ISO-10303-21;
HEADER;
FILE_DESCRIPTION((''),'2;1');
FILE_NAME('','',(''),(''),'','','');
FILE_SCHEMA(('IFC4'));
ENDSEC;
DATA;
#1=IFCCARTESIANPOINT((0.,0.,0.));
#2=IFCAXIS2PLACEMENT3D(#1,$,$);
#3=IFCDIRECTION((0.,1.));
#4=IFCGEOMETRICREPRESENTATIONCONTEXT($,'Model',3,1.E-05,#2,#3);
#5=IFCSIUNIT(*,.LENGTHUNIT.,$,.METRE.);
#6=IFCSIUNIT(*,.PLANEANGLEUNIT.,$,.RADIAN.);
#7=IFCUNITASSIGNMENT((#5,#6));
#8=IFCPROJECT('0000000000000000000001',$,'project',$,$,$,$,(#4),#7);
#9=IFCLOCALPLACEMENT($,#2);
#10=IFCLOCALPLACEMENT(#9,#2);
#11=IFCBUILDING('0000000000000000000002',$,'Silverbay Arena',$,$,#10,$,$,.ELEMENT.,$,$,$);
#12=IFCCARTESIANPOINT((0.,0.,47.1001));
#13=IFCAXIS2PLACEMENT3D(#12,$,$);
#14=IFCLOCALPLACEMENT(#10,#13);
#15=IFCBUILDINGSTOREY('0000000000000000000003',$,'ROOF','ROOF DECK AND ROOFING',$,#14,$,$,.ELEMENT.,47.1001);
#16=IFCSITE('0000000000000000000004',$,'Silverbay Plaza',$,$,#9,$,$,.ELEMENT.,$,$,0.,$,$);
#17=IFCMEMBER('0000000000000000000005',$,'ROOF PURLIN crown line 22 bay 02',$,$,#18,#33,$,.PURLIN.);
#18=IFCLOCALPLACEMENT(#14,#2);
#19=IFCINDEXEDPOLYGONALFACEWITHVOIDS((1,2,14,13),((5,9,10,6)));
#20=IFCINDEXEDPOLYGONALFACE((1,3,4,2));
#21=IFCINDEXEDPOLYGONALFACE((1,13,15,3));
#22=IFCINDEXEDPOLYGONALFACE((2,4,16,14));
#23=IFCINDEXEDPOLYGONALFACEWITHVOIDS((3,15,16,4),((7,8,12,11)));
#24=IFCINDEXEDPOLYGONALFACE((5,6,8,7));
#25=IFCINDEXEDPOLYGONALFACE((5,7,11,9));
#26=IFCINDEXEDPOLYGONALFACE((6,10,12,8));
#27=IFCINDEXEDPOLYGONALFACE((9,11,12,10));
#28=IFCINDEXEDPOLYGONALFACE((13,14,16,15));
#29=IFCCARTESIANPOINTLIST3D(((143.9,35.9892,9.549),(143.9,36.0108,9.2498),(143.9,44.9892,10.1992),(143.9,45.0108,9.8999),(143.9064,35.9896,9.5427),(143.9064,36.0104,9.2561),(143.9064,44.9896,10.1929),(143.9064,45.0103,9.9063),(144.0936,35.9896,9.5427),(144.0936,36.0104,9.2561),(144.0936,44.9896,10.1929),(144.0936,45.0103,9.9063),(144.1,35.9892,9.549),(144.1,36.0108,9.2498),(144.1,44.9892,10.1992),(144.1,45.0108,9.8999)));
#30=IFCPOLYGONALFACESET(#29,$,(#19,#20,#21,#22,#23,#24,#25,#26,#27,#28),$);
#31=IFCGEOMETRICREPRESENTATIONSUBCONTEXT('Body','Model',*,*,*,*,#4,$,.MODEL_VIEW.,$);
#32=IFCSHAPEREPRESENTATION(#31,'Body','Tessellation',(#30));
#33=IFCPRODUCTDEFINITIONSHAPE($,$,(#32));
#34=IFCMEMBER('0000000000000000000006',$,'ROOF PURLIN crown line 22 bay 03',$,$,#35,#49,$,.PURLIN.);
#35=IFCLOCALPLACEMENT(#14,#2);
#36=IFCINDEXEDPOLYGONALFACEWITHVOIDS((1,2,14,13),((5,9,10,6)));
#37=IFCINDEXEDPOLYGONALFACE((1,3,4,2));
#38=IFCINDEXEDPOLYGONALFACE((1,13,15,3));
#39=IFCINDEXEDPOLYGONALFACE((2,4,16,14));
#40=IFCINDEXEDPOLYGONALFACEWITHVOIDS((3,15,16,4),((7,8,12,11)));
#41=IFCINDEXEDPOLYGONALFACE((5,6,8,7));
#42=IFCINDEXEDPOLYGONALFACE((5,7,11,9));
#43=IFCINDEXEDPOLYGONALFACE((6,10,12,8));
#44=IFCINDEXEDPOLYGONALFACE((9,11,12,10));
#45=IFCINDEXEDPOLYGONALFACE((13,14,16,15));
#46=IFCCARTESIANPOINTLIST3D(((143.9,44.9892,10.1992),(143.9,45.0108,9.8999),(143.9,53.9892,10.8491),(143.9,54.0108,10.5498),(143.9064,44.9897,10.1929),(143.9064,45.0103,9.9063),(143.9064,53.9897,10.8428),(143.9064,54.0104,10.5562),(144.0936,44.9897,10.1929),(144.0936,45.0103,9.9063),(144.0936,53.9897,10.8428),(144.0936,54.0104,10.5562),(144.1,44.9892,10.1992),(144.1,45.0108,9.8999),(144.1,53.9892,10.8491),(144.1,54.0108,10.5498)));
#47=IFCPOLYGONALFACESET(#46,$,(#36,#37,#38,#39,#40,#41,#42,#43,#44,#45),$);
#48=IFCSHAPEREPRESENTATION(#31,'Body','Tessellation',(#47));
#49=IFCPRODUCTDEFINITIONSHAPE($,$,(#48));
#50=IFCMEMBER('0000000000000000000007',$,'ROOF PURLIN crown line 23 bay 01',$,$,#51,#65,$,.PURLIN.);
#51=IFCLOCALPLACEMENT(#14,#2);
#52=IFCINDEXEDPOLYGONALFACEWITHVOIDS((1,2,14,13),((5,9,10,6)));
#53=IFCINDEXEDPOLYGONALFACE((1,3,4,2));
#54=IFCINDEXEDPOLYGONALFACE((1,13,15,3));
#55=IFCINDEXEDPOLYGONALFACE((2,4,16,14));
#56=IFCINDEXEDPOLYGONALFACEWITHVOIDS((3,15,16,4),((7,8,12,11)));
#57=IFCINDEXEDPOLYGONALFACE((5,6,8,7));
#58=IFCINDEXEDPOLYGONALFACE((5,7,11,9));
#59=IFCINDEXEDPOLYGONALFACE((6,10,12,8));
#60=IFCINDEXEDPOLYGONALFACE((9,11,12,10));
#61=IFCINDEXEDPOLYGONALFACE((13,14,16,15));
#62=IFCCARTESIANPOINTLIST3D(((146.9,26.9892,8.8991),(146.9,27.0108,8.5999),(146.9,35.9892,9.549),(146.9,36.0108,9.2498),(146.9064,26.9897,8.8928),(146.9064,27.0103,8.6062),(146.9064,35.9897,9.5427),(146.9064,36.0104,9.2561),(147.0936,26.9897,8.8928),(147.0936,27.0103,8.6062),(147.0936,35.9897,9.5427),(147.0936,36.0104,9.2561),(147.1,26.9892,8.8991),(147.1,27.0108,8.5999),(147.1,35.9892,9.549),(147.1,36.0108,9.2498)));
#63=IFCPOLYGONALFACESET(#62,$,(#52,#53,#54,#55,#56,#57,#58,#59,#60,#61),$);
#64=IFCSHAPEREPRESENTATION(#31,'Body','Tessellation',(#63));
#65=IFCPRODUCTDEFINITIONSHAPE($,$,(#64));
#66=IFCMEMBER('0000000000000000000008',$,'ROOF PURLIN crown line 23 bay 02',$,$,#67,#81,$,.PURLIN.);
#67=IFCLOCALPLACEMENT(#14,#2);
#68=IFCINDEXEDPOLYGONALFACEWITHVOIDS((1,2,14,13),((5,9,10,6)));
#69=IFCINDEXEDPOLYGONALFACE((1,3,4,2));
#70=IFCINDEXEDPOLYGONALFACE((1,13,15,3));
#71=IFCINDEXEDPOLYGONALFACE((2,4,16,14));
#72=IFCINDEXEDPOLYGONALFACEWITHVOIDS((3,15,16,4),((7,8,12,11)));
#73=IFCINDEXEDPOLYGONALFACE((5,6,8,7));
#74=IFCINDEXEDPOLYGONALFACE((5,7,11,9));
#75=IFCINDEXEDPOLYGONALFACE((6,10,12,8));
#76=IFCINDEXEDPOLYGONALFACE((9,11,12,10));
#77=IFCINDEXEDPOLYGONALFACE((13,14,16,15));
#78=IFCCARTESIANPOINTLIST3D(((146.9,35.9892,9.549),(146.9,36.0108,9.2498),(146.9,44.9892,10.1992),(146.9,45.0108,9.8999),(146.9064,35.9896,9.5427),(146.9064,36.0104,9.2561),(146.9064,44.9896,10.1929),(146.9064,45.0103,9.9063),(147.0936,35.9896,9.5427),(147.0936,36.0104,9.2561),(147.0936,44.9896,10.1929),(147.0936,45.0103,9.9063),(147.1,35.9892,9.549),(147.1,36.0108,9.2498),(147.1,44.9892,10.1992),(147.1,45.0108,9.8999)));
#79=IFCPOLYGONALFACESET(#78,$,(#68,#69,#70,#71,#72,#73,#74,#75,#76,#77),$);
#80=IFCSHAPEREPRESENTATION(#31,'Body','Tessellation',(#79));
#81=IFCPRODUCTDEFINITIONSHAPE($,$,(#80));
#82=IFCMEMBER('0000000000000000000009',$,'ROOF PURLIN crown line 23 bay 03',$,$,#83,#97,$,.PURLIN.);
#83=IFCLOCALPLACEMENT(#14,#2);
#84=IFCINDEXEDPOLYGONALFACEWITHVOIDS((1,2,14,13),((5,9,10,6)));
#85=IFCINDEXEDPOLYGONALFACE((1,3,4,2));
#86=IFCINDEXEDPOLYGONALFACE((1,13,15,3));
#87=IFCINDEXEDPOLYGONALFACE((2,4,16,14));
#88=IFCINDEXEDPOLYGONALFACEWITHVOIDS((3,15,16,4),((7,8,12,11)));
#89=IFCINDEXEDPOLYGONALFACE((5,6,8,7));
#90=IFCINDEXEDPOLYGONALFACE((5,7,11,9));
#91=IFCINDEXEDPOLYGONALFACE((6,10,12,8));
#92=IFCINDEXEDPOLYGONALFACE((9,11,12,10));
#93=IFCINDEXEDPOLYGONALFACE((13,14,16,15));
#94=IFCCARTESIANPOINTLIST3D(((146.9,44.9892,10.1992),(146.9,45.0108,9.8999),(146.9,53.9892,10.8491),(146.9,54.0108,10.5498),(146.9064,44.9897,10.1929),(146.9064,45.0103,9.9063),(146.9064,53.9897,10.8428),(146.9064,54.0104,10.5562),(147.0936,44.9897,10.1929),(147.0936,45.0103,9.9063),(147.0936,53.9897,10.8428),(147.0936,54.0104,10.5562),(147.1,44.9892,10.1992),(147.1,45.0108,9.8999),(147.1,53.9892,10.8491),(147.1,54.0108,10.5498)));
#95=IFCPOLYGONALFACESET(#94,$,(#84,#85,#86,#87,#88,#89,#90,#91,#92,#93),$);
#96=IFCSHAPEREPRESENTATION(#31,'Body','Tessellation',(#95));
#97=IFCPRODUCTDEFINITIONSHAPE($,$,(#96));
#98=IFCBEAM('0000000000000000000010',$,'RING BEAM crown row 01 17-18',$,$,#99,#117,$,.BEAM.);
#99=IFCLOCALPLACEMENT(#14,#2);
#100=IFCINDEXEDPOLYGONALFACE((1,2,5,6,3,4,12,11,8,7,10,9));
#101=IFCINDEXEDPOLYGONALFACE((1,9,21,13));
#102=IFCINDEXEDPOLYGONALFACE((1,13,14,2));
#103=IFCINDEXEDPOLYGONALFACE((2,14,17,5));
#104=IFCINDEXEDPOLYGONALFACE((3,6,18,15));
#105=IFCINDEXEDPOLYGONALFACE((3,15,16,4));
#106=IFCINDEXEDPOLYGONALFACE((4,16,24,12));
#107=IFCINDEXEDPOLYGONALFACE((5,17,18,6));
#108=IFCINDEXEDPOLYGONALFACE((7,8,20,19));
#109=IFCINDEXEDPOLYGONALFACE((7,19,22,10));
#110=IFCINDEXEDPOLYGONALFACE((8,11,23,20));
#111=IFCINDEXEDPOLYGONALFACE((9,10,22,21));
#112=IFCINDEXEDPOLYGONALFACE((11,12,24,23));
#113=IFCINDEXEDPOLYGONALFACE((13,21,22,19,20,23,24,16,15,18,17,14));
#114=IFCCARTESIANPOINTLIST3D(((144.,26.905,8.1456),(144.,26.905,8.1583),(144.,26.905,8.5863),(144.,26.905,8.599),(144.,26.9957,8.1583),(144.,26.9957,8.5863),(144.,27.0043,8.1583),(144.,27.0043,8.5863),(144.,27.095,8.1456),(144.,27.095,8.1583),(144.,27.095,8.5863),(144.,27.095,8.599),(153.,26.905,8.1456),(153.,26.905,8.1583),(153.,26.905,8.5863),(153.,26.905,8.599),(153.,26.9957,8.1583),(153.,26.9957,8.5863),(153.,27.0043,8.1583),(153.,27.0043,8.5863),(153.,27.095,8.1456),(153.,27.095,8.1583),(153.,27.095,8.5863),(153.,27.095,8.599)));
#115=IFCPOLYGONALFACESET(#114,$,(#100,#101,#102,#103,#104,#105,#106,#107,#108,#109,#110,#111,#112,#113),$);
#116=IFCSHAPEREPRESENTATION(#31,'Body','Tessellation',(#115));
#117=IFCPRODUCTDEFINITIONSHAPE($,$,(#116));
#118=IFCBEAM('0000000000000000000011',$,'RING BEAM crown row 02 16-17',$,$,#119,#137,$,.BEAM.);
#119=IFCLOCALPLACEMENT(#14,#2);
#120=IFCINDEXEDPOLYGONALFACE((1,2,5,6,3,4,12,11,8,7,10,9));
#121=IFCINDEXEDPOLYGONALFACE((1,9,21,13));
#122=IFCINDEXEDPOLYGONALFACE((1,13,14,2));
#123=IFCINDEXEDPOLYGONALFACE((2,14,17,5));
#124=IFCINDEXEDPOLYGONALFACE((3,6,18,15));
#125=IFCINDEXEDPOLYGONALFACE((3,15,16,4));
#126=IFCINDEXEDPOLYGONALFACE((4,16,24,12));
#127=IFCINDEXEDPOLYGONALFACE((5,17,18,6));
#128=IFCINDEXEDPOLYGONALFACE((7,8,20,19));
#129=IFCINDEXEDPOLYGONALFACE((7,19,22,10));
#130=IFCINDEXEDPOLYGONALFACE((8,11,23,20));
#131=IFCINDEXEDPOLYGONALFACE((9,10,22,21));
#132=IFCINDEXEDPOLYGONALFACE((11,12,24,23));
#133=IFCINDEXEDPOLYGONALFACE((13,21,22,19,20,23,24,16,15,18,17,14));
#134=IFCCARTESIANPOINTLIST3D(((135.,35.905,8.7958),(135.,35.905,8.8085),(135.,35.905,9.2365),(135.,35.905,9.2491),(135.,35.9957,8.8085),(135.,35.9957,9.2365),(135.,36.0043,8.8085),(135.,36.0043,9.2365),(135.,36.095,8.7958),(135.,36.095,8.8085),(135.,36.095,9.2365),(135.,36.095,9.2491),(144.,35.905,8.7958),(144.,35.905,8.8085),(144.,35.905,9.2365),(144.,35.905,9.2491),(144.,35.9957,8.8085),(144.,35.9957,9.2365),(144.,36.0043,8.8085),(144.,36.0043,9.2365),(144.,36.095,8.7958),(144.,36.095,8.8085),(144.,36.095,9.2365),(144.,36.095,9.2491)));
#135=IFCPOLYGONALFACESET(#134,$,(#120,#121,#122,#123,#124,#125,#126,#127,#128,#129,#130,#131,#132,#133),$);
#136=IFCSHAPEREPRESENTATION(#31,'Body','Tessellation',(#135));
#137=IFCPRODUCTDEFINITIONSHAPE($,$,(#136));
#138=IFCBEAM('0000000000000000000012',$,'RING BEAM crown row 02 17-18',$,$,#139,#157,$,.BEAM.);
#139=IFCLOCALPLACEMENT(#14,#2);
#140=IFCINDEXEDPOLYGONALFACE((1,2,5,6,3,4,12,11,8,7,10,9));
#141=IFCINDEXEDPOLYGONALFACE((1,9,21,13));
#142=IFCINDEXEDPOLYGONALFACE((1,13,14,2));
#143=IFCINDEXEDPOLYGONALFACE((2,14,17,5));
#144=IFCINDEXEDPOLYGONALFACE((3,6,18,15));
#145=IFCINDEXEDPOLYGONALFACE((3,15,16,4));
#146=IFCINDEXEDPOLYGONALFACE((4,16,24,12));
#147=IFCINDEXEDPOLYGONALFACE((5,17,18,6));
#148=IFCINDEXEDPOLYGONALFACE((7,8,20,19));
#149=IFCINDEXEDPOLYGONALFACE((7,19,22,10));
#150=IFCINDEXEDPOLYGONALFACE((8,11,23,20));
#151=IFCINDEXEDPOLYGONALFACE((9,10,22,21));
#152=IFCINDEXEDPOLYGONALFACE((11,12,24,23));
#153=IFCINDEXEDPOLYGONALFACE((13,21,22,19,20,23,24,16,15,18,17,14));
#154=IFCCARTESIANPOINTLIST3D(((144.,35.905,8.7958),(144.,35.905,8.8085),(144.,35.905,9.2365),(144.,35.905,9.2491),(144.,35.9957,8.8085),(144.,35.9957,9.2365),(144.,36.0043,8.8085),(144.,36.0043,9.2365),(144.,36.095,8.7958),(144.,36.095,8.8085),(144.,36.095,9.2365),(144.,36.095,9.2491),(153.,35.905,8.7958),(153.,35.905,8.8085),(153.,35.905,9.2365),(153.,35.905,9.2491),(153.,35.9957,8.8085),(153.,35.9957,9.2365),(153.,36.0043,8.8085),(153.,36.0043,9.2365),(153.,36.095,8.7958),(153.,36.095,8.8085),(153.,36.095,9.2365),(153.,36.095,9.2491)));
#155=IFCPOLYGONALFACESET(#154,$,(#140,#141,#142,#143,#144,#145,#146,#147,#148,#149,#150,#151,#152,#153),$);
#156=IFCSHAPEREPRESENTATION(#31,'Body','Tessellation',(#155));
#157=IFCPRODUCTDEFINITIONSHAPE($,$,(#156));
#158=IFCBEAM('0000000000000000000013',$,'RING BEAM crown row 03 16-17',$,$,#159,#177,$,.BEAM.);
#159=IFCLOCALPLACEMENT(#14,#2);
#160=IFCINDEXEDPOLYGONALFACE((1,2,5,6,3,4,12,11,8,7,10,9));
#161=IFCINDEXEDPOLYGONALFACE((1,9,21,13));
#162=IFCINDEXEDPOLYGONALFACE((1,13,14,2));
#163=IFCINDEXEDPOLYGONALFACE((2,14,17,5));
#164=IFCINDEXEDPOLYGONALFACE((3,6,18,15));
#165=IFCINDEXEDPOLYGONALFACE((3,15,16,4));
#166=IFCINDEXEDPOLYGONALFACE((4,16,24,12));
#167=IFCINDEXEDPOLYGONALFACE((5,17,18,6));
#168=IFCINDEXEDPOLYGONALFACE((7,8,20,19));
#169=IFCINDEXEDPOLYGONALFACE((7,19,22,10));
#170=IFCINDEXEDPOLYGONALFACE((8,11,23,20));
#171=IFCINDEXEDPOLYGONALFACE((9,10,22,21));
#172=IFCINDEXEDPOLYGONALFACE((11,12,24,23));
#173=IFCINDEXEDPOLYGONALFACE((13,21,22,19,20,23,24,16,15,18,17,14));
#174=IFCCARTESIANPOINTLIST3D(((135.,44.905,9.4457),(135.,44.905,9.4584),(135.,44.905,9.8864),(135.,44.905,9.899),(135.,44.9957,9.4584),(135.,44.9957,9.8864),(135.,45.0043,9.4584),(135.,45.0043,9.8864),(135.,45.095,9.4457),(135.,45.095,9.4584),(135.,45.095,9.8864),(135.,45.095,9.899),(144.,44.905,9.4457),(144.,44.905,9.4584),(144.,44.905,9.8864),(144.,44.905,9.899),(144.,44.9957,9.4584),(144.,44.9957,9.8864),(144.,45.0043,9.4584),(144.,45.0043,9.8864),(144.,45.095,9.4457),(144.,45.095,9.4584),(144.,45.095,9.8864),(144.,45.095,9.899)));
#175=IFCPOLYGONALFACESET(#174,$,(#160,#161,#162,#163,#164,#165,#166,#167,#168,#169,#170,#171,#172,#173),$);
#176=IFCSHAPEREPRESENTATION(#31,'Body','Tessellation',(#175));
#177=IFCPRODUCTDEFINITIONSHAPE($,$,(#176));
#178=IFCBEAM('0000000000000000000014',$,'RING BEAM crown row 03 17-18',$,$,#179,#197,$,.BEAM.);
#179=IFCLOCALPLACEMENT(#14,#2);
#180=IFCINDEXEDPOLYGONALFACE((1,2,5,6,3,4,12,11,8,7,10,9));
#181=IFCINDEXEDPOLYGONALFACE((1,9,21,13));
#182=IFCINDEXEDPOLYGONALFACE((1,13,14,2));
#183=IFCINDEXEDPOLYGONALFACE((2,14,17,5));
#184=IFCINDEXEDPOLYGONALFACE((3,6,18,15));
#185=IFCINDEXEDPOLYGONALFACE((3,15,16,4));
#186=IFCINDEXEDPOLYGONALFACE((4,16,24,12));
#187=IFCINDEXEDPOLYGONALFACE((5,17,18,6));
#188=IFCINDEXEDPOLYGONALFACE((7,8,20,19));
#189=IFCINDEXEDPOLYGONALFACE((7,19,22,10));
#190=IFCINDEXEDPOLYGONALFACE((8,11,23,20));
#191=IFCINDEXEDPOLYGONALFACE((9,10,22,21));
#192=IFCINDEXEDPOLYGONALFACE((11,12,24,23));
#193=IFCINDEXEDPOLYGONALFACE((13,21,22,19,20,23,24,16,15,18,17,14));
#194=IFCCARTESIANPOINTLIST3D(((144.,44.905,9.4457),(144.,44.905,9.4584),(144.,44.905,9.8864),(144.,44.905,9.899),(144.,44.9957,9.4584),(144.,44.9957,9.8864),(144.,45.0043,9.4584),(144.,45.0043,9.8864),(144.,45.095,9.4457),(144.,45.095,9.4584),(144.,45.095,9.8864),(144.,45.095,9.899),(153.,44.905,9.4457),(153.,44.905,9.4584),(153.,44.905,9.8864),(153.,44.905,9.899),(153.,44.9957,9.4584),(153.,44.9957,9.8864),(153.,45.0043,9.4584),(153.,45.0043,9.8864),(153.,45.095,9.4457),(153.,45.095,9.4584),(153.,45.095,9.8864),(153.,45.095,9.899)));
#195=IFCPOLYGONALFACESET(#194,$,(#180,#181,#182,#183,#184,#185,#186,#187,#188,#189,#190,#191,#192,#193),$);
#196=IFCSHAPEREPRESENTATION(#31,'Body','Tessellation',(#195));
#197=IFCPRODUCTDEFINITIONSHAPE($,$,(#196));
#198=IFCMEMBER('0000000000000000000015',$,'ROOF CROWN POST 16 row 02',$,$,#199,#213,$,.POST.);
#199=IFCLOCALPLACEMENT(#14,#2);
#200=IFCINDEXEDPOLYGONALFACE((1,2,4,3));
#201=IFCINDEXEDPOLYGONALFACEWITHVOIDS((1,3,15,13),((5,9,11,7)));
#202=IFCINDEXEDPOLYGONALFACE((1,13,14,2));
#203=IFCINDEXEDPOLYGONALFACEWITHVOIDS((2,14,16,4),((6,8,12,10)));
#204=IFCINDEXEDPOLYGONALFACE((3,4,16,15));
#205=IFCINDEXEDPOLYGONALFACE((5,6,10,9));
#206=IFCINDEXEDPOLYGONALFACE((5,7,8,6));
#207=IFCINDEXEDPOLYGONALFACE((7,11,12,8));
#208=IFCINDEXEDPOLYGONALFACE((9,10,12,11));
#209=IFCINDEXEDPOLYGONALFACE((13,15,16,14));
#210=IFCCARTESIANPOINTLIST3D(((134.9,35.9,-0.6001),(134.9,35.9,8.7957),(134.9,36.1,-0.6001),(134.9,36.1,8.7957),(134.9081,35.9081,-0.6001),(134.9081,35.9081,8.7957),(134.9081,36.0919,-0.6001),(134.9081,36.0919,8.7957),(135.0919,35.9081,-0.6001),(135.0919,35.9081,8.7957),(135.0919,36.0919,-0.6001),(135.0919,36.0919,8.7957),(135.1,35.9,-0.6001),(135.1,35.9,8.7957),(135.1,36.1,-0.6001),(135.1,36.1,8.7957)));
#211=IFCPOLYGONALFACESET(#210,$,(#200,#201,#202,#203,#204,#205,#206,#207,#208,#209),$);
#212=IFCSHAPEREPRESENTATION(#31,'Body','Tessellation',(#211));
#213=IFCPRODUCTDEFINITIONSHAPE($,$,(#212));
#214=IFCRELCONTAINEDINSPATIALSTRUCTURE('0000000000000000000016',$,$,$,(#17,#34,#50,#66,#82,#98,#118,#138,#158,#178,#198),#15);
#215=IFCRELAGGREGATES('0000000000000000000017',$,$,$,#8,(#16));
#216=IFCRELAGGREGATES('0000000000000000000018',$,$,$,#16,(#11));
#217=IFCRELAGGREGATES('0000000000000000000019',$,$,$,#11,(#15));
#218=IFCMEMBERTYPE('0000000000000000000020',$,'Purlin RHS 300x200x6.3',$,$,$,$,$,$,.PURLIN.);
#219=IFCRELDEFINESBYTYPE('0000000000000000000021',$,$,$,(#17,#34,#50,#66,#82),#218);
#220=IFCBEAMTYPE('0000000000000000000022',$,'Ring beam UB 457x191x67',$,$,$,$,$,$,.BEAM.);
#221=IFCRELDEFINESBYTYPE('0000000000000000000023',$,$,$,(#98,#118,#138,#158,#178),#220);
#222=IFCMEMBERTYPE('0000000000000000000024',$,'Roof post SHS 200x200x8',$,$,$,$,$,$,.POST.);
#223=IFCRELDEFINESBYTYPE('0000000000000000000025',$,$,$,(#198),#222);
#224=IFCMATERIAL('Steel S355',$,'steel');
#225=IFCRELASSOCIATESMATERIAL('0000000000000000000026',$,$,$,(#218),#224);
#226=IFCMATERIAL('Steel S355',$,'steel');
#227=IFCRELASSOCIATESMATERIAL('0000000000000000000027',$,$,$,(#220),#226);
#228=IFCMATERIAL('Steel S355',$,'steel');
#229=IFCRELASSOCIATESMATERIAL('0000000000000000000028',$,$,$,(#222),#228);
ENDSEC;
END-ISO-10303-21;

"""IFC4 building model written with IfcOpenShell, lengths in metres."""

from ifc_helpers import new_model, si_unit, direction, frame, origin, origin_2d, place, context, subcontext, project, spatial, hollow_rectangle, i_section, extrude, material, material_profile, profile_set, type_object, element, save


model = new_model("IFC4")

# Units and contexts
model_context = context("Model", 3, precision=1e-05, world=origin(), true_north=direction((0.0, 1.0)))
body_context = subcontext(model_context, "Body", "Model", "MODEL_VIEW")
ifc_project = project(units=[si_unit("LENGTHUNIT", "METRE"), si_unit("PLANEANGLEUNIT", "RADIAN")], contexts=[model_context])

# Site, building, storey
site_placement = place(None, origin())
site = spatial("IfcSite", under=ifc_project, at=site_placement, Name="Silverbay Plaza", CompositionType="ELEMENT", RefElevation=0.0)
building_placement = place(site_placement, origin())
building = spatial("IfcBuilding", under=site, at=building_placement, Name="Silverbay Arena", CompositionType="ELEMENT")
storey_placement = place(building_placement, frame((0.0, 0.0, 47.1001)))
storey = spatial("IfcBuildingStorey", under=building, at=storey_placement, Name="ROOF", Description="ROOF DECK AND ROOFING", CompositionType="ELEMENT", Elevation=47.1001)

# Members
ifc_material_1 = material(Name="Steel S355", Category="steel")
ifc_material_profile_1 = material_profile(ifc_material_1, hollow_rectangle(XDim=0.2, YDim=0.3, WallThickness=0.0063, at=origin_2d()), Name="RHS 300x200x6.3")
ifc_profile_set_1 = profile_set([ifc_material_profile_1], Name="Steel S355")
member_type_1 = type_object("IfcMemberType", Name="Purlin RHS 300x200x6.3", PredefinedType="PURLIN", material=ifc_profile_set_1)
for number, where, z_axis, x_axis, name in (
    (1, (144.0, 36.0, 9.3994), (0.0, 0.997401, 0.072051), (-1.0, 0.0, 0.0), "ROOF PURLIN crown line 22 bay 02"),
    (2, (144.0, 45.0, 10.0496), (0.0, 0.997403, 0.072024), (-1.0, 0.0, 0.0), "ROOF PURLIN crown line 22 bay 03"),
    (3, (147.0, 27.0, 8.7495), (0.0, 0.997403, 0.072024), (-1.0, 0.0, 0.0), "ROOF PURLIN crown line 23 bay 01"),
    (4, (147.0, 36.0, 9.3994), (0.0, 0.997401, 0.072051), (-1.0, 0.0, 0.0), "ROOF PURLIN crown line 23 bay 02"),
    (5, (147.0, 45.0, 10.0496), (0.0, 0.997403, 0.072024), (-1.0, 0.0, 0.0), "ROOF PURLIN crown line 23 bay 03"),
):
    element("IfcMember", number, at=place(storey_placement, frame(where, z_axis=z_axis, x_axis=x_axis)), inside=storey, type_object=member_type_1, Name=name, PredefinedType="PURLIN", context=body_context, shape_type="SweptSolid", body=[
        extrude(hollow_rectangle(XDim=0.2, YDim=0.3, WallThickness=0.0063, at=origin_2d()), origin(), (0.0, 0.0, 1.0), 9.0234),
    ])

# Beams
ifc_material_2 = material(Name="Steel S355", Category="steel")
ifc_material_profile_2 = material_profile(ifc_material_2, i_section(OverallWidth=0.1899, OverallDepth=0.4534, WebThickness=0.0085, FlangeThickness=0.0127, at=origin_2d()), Name="UB 457x191x67")
ifc_profile_set_2 = profile_set([ifc_material_profile_2], Name="Steel S355")
beam_type = type_object("IfcBeamType", Name="Ring beam UB 457x191x67", PredefinedType="BEAM", material=ifc_profile_set_2)
for number, where, z_axis, x_axis, name in (
    (6, (144.0, 27.0, 8.3723), (1.0, 0.0, 0.0), (0.0, 1.0, 0.0), "RING BEAM crown row 01 17-18"),
    (7, (135.0, 36.0, 9.0225), (1.0, 0.0, 0.0), (0.0, 1.0, 0.0), "RING BEAM crown row 02 16-17"),
    (8, (144.0, 36.0, 9.0225), (1.0, 0.0, 0.0), (0.0, 1.0, 0.0), "RING BEAM crown row 02 17-18"),
    (9, (135.0, 45.0, 9.6724), (1.0, 0.0, 0.0), (0.0, 1.0, 0.0), "RING BEAM crown row 03 16-17"),
    (10, (144.0, 45.0, 9.6724), (1.0, 0.0, 0.0), (0.0, 1.0, 0.0), "RING BEAM crown row 03 17-18"),
):
    element("IfcBeam", number, at=place(storey_placement, frame(where, z_axis=z_axis, x_axis=x_axis)), inside=storey, type_object=beam_type, Name=name, PredefinedType="BEAM", context=body_context, shape_type="SweptSolid", body=[
        extrude(i_section(OverallWidth=0.1899, OverallDepth=0.4534, WebThickness=0.0085, FlangeThickness=0.0127, at=origin_2d()), origin(), (0.0, 0.0, 1.0), 9.0),
    ])

# Member
ifc_material_3 = material(Name="Steel S355", Category="steel")
ifc_material_profile_3 = material_profile(ifc_material_3, hollow_rectangle(XDim=0.2, YDim=0.2, WallThickness=0.0081, at=origin_2d()), Name="SHS 200x200x8")
ifc_profile_set_3 = profile_set([ifc_material_profile_3], Name="Steel S355")
member_type_2 = type_object("IfcMemberType", Name="Roof post SHS 200x200x8", PredefinedType="POST", material=ifc_profile_set_3)
member_1_placement = place(storey_placement, frame((135.0, 36.0, -0.6001), z_axis=(0.0, 0.0, 1.0), x_axis=(1.0, 0.0, 0.0)))
element("IfcMember", 11, at=member_1_placement, inside=storey, type_object=member_type_2, Name="ROOF CROWN POST 16 row 02", PredefinedType="POST", context=body_context, shape_type="SweptSolid", body=[
    extrude(hollow_rectangle(XDim=0.2, YDim=0.2, WallThickness=0.0081, at=origin_2d()), origin(), (0.0, 0.0, 1.0), 9.3958),
])

save(model, "model.ifc")
